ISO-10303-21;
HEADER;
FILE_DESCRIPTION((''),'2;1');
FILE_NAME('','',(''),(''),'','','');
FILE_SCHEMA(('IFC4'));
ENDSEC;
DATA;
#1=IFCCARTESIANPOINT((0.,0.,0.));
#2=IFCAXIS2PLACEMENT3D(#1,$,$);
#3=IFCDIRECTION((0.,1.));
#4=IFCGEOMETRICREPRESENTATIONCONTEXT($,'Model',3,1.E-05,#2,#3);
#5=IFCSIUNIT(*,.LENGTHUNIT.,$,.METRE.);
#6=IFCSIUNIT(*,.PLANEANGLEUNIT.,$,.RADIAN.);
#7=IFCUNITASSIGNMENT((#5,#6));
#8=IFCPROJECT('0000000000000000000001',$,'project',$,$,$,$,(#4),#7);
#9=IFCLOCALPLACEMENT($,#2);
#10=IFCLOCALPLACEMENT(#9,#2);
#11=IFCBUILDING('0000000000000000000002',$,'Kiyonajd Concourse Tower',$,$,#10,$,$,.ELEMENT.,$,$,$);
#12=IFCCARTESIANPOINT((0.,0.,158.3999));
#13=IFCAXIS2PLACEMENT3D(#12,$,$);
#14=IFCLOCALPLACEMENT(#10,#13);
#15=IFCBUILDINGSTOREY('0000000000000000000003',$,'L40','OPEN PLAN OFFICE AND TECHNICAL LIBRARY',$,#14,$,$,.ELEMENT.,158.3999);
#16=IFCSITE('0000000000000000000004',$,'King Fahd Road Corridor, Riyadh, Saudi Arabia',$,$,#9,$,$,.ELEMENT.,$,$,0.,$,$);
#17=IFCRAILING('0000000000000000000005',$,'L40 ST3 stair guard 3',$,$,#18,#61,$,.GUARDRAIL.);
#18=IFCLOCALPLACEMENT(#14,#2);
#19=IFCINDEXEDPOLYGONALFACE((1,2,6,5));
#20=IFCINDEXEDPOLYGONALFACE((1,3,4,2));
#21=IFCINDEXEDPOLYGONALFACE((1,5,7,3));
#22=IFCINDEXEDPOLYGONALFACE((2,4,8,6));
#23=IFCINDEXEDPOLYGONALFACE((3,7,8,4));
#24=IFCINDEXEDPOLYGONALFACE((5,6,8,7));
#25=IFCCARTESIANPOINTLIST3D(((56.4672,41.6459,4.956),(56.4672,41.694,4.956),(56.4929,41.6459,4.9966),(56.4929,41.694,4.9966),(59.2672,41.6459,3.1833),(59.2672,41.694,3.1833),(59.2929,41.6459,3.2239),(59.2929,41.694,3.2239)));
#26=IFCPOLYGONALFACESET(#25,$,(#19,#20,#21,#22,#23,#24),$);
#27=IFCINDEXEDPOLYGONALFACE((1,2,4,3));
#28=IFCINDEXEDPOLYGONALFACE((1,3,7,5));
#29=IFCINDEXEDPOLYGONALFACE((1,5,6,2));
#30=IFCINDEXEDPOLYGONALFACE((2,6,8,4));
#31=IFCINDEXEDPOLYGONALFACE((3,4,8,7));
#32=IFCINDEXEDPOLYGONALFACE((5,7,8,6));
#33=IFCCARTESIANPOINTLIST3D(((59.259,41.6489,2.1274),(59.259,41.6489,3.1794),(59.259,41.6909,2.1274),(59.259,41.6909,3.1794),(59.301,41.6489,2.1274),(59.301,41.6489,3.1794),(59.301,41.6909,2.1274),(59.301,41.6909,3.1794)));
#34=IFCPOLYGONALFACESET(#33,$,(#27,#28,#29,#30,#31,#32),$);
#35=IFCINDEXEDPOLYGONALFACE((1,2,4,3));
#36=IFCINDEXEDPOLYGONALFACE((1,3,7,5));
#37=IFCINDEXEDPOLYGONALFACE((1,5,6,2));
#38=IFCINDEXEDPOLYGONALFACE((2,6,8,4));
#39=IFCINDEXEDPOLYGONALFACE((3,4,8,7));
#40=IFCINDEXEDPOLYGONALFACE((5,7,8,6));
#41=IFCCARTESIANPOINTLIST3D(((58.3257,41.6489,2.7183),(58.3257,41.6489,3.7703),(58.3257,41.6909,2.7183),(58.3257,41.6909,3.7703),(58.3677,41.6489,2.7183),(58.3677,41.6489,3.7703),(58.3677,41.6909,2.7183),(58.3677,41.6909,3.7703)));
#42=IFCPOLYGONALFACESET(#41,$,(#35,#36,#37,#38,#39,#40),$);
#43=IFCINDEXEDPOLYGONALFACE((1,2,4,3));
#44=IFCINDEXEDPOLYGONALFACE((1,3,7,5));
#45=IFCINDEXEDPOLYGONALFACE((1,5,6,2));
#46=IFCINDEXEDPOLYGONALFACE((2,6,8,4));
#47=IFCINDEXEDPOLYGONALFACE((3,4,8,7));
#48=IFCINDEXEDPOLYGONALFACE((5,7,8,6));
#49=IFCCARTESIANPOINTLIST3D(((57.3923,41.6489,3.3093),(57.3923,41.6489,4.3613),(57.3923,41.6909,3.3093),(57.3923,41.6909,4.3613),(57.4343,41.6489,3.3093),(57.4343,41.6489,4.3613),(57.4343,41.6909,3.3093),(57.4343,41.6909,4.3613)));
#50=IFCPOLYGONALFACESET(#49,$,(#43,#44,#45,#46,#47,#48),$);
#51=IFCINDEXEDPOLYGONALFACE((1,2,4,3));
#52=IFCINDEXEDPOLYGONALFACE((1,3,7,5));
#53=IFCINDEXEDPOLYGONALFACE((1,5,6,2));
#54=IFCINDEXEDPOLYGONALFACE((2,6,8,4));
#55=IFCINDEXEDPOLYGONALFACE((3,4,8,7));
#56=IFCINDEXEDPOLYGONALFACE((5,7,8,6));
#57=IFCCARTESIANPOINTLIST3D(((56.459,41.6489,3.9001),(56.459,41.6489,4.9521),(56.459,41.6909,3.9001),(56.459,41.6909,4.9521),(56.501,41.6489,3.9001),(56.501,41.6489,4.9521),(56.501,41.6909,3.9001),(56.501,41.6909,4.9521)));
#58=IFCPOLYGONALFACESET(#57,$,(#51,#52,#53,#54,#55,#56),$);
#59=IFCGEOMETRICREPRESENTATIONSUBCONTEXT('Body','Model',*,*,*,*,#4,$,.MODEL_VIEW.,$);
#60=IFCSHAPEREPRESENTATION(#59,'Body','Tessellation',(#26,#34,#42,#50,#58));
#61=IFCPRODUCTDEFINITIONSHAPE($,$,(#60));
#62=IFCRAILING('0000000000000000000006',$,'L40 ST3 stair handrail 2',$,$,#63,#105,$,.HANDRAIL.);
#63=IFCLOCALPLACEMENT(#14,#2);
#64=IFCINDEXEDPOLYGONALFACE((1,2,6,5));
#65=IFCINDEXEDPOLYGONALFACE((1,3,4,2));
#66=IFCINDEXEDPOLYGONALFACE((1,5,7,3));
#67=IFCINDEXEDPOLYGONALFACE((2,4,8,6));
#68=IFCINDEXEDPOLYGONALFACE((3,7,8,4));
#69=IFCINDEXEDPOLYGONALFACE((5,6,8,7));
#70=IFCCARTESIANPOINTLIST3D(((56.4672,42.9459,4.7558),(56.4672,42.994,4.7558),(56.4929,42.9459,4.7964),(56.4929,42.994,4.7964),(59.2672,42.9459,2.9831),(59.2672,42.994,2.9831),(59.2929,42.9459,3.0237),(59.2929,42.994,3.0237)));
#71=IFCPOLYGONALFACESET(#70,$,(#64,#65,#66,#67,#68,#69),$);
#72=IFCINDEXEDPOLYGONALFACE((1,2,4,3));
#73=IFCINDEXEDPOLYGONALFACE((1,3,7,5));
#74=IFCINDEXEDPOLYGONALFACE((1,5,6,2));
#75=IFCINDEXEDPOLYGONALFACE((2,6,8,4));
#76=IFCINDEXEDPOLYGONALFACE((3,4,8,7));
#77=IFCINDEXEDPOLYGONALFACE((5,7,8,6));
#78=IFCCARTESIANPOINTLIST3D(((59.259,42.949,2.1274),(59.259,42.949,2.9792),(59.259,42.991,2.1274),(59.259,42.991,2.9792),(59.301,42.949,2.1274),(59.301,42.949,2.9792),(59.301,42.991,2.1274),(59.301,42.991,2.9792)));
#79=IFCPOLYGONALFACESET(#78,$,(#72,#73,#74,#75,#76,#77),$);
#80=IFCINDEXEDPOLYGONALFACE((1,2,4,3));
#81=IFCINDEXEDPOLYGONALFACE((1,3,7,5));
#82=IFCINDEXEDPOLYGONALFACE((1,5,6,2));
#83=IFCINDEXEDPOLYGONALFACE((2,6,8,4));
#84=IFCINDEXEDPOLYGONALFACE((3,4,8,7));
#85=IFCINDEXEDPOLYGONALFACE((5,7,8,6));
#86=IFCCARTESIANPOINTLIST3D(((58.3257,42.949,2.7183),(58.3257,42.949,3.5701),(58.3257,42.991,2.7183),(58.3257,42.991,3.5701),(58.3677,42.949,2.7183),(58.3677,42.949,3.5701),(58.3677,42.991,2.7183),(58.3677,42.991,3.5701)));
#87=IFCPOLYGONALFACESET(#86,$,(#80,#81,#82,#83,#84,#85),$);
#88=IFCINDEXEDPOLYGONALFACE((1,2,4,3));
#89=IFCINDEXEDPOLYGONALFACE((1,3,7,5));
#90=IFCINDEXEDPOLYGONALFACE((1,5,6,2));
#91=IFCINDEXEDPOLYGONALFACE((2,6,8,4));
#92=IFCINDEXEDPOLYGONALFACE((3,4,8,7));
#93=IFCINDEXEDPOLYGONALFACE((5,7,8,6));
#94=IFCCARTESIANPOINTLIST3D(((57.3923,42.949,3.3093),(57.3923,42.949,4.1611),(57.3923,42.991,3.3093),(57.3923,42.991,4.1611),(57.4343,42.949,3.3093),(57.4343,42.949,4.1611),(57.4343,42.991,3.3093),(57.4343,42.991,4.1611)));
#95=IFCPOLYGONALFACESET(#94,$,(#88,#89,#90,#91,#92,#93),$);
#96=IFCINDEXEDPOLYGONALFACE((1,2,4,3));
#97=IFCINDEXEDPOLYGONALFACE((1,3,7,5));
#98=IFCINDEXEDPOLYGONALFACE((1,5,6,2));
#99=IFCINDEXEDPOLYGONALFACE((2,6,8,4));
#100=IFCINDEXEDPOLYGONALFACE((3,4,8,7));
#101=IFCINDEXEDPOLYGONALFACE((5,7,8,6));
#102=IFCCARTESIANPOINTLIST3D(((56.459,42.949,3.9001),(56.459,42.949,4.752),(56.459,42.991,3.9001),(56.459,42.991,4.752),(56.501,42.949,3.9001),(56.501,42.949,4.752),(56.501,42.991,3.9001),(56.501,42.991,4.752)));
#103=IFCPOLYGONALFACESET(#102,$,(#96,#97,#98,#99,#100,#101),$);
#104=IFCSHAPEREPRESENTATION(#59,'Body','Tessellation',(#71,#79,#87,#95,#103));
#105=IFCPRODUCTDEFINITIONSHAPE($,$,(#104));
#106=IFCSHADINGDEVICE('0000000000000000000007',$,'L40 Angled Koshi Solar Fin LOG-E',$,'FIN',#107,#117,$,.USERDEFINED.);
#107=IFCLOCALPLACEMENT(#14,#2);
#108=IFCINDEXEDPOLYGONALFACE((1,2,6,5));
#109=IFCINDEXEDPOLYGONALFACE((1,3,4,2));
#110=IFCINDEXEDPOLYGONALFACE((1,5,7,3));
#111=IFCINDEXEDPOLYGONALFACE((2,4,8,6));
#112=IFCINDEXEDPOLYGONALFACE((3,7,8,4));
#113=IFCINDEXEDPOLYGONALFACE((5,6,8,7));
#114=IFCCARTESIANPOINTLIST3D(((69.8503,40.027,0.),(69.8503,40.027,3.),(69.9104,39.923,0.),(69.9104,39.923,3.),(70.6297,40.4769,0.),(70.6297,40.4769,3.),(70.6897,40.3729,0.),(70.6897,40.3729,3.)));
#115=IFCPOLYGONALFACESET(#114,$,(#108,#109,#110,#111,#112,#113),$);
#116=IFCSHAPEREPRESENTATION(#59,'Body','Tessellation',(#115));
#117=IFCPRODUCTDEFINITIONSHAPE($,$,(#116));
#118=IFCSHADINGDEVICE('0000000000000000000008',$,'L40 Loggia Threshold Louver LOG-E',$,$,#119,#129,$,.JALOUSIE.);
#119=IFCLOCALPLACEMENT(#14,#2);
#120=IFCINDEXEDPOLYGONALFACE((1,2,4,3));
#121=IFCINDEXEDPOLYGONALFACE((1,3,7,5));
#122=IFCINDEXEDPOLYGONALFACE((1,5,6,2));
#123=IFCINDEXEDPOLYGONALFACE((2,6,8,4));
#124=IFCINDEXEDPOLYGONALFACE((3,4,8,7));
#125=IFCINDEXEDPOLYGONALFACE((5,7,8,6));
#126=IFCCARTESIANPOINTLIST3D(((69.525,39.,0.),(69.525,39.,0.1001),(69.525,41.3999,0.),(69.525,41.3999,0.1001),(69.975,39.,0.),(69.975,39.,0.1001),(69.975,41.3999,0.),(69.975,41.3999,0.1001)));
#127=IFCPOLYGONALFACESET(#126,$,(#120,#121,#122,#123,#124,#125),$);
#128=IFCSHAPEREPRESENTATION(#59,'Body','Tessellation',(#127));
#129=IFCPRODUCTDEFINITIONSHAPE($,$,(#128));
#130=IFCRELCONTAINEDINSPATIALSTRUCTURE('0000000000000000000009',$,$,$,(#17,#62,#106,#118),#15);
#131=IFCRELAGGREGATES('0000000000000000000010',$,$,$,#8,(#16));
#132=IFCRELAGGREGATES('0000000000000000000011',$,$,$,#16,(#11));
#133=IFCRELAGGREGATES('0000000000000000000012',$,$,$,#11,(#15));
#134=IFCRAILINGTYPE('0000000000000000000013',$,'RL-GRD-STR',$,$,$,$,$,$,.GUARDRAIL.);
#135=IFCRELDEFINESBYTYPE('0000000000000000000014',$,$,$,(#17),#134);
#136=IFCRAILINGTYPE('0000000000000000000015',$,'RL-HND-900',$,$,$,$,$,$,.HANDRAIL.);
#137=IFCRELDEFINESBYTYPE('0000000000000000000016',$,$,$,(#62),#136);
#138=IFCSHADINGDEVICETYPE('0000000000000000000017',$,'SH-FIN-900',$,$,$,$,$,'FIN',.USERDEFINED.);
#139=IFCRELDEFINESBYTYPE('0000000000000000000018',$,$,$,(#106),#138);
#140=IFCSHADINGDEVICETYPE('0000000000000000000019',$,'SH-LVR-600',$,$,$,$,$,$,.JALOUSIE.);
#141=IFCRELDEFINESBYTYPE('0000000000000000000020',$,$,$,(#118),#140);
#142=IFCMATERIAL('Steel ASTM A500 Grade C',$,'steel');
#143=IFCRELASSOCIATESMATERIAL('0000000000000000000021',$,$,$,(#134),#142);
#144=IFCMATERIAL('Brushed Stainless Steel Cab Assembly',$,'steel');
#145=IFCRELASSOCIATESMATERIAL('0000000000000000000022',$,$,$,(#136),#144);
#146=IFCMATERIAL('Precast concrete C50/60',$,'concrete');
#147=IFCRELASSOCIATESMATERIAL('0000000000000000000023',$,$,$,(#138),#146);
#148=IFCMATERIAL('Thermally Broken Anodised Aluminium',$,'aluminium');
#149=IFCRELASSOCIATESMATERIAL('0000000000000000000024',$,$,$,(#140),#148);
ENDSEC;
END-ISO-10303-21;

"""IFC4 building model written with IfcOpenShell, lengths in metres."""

from ifc_helpers import new_model, si_unit, direction, frame, origin, origin_2d, place, context, subcontext, project, spatial, rectangle, extrude, material, type_object, element, save


model = new_model("IFC4")

# Units and contexts
model_context = context("Model", 3, precision=1e-05, world=origin(), true_north=direction((0.0, 1.0)))
body_context = subcontext(model_context, "Body", "Model", "MODEL_VIEW")
ifc_project = project(units=[si_unit("LENGTHUNIT", "METRE"), si_unit("PLANEANGLEUNIT", "RADIAN")], contexts=[model_context])

# Site, building, storey
site_placement = place(None, origin())
site = spatial("IfcSite", under=ifc_project, at=site_placement, Name="King Fahd Road Corridor, Riyadh, Saudi Arabia", CompositionType="ELEMENT", RefElevation=0.0)
building_placement = place(site_placement, origin())
building = spatial("IfcBuilding", under=site, at=building_placement, Name="Kiyonajd Concourse Tower", CompositionType="ELEMENT")
storey_placement = place(building_placement, frame((0.0, 0.0, 158.3999)))
storey = spatial("IfcBuildingStorey", under=building, at=storey_placement, Name="L40", Description="OPEN PLAN OFFICE AND TECHNICAL LIBRARY", CompositionType="ELEMENT", Elevation=158.3999)

# Shared definitions
ifc_material_1 = material(Name="Thermally Broken Anodised Aluminium", Category="aluminium")

# Shared definitions
ifc_material_2 = material(Name="Precast concrete C50/60", Category="concrete")

# Railings
ifc_material_3 = material(Name="Steel ASTM A500 Grade C", Category="steel")
railing_type_1 = type_object("IfcRailingType", Name="RL-GRD-STR", PredefinedType="GUARDRAIL", material=ifc_material_3)
railing_1_placement = place(storey_placement, frame((59.28, 41.6699, 2.1274)))
element("IfcRailing", 1, at=railing_1_placement, inside=storey, type_object=railing_type_1, Name="L40 ST3 stair guard 3", PredefinedType="GUARDRAIL", context=body_context, shape_type="SweptSolid", body=[
    extrude(rectangle(XDim=0.0481, YDim=0.0481, at=origin_2d()), frame((0.0, 0.0, 1.0762), z_axis=(-0.844909, 0.0, 0.53491), x_axis=(0.0, -1.0, 0.0)), (0.0, 0.0, 1.0), 3.314),
    extrude(rectangle(XDim=0.042, YDim=0.042, at=origin_2d()), origin(), (0.0, 0.0, 1.0), 1.052),
    extrude(rectangle(XDim=0.042, YDim=0.042, at=origin_2d()), frame((-0.9333, 0.0, 0.5908)), (0.0, 0.0, 1.0), 1.052),
    extrude(rectangle(XDim=0.042, YDim=0.042, at=origin_2d()), frame((-1.8667, 0.0, 1.1819)), (0.0, 0.0, 1.0), 1.052),
    extrude(rectangle(XDim=0.042, YDim=0.042, at=origin_2d()), frame((-2.8, 0.0, 1.7727)), (0.0, 0.0, 1.0), 1.052),
])
ifc_material_4 = material(Name="Brushed Stainless Steel Cab Assembly", Category="steel")
railing_type_2 = type_object("IfcRailingType", Name="RL-HND-900", PredefinedType="HANDRAIL", material=ifc_material_4)
railing_2_placement = place(storey_placement, frame((59.28, 42.97, 2.1274)))
element("IfcRailing", 2, at=railing_2_placement, inside=storey, type_object=railing_type_2, Name="L40 ST3 stair handrail 2", PredefinedType="HANDRAIL", context=body_context, shape_type="SweptSolid", body=[
    extrude(rectangle(XDim=0.0481, YDim=0.0481, at=origin_2d()), frame((0.0, 0.0, 0.876), z_axis=(-0.844909, 0.0, 0.53491), x_axis=(0.0, -1.0, 0.0)), (0.0, 0.0, 1.0), 3.314),
    extrude(rectangle(XDim=0.042, YDim=0.042, at=origin_2d()), origin(), (0.0, 0.0, 1.0), 0.8518),
    extrude(rectangle(XDim=0.042, YDim=0.042, at=origin_2d()), frame((-0.9333, 0.0, 0.5908)), (0.0, 0.0, 1.0), 0.8518),
    extrude(rectangle(XDim=0.042, YDim=0.042, at=origin_2d()), frame((-1.8667, 0.0, 1.1819)), (0.0, 0.0, 1.0), 0.8518),
    extrude(rectangle(XDim=0.042, YDim=0.042, at=origin_2d()), frame((-2.8, 0.0, 1.7727)), (0.0, 0.0, 1.0), 0.8518),
])

# Shading devices
shading_device_type_1 = type_object("IfcShadingDeviceType", Name="SH-FIN-900", ElementType="FIN", PredefinedType="USERDEFINED", material=ifc_material_2)
shading_device_1_placement = place(storey_placement, frame((70.27, 40.2, 0.0), z_axis=(0.0, 0.0, 1.0), x_axis=(0.866025, 0.5, 0.0)))
element("IfcShadingDevice", 3, at=shading_device_1_placement, inside=storey, type_object=shading_device_type_1, Name="L40 Angled Koshi Solar Fin LOG-E", ObjectType="FIN", PredefinedType="USERDEFINED", context=body_context, shape_type="SweptSolid", body=[
    extrude(rectangle(XDim=0.8999, YDim=0.1201, at=origin_2d()), origin(), (0.0, 0.0, 1.0), 3.0),
])
shading_device_type_2 = type_object("IfcShadingDeviceType", Name="SH-LVR-600", PredefinedType="JALOUSIE", material=ifc_material_1)
shading_device_2_placement = place(storey_placement, frame((69.75, 40.2, 0.0), z_axis=(0.0, 0.0, 1.0), x_axis=(0.0, 1.0, 0.0)))
element("IfcShadingDevice", 4, at=shading_device_2_placement, inside=storey, type_object=shading_device_type_2, Name="L40 Loggia Threshold Louver LOG-E", PredefinedType="JALOUSIE", context=body_context, shape_type="SweptSolid", body=[
    extrude(rectangle(XDim=2.3999, YDim=0.45, at=origin_2d()), origin(), (0.0, 0.0, 1.0), 0.1001),
])

save(model, "model.ifc")
